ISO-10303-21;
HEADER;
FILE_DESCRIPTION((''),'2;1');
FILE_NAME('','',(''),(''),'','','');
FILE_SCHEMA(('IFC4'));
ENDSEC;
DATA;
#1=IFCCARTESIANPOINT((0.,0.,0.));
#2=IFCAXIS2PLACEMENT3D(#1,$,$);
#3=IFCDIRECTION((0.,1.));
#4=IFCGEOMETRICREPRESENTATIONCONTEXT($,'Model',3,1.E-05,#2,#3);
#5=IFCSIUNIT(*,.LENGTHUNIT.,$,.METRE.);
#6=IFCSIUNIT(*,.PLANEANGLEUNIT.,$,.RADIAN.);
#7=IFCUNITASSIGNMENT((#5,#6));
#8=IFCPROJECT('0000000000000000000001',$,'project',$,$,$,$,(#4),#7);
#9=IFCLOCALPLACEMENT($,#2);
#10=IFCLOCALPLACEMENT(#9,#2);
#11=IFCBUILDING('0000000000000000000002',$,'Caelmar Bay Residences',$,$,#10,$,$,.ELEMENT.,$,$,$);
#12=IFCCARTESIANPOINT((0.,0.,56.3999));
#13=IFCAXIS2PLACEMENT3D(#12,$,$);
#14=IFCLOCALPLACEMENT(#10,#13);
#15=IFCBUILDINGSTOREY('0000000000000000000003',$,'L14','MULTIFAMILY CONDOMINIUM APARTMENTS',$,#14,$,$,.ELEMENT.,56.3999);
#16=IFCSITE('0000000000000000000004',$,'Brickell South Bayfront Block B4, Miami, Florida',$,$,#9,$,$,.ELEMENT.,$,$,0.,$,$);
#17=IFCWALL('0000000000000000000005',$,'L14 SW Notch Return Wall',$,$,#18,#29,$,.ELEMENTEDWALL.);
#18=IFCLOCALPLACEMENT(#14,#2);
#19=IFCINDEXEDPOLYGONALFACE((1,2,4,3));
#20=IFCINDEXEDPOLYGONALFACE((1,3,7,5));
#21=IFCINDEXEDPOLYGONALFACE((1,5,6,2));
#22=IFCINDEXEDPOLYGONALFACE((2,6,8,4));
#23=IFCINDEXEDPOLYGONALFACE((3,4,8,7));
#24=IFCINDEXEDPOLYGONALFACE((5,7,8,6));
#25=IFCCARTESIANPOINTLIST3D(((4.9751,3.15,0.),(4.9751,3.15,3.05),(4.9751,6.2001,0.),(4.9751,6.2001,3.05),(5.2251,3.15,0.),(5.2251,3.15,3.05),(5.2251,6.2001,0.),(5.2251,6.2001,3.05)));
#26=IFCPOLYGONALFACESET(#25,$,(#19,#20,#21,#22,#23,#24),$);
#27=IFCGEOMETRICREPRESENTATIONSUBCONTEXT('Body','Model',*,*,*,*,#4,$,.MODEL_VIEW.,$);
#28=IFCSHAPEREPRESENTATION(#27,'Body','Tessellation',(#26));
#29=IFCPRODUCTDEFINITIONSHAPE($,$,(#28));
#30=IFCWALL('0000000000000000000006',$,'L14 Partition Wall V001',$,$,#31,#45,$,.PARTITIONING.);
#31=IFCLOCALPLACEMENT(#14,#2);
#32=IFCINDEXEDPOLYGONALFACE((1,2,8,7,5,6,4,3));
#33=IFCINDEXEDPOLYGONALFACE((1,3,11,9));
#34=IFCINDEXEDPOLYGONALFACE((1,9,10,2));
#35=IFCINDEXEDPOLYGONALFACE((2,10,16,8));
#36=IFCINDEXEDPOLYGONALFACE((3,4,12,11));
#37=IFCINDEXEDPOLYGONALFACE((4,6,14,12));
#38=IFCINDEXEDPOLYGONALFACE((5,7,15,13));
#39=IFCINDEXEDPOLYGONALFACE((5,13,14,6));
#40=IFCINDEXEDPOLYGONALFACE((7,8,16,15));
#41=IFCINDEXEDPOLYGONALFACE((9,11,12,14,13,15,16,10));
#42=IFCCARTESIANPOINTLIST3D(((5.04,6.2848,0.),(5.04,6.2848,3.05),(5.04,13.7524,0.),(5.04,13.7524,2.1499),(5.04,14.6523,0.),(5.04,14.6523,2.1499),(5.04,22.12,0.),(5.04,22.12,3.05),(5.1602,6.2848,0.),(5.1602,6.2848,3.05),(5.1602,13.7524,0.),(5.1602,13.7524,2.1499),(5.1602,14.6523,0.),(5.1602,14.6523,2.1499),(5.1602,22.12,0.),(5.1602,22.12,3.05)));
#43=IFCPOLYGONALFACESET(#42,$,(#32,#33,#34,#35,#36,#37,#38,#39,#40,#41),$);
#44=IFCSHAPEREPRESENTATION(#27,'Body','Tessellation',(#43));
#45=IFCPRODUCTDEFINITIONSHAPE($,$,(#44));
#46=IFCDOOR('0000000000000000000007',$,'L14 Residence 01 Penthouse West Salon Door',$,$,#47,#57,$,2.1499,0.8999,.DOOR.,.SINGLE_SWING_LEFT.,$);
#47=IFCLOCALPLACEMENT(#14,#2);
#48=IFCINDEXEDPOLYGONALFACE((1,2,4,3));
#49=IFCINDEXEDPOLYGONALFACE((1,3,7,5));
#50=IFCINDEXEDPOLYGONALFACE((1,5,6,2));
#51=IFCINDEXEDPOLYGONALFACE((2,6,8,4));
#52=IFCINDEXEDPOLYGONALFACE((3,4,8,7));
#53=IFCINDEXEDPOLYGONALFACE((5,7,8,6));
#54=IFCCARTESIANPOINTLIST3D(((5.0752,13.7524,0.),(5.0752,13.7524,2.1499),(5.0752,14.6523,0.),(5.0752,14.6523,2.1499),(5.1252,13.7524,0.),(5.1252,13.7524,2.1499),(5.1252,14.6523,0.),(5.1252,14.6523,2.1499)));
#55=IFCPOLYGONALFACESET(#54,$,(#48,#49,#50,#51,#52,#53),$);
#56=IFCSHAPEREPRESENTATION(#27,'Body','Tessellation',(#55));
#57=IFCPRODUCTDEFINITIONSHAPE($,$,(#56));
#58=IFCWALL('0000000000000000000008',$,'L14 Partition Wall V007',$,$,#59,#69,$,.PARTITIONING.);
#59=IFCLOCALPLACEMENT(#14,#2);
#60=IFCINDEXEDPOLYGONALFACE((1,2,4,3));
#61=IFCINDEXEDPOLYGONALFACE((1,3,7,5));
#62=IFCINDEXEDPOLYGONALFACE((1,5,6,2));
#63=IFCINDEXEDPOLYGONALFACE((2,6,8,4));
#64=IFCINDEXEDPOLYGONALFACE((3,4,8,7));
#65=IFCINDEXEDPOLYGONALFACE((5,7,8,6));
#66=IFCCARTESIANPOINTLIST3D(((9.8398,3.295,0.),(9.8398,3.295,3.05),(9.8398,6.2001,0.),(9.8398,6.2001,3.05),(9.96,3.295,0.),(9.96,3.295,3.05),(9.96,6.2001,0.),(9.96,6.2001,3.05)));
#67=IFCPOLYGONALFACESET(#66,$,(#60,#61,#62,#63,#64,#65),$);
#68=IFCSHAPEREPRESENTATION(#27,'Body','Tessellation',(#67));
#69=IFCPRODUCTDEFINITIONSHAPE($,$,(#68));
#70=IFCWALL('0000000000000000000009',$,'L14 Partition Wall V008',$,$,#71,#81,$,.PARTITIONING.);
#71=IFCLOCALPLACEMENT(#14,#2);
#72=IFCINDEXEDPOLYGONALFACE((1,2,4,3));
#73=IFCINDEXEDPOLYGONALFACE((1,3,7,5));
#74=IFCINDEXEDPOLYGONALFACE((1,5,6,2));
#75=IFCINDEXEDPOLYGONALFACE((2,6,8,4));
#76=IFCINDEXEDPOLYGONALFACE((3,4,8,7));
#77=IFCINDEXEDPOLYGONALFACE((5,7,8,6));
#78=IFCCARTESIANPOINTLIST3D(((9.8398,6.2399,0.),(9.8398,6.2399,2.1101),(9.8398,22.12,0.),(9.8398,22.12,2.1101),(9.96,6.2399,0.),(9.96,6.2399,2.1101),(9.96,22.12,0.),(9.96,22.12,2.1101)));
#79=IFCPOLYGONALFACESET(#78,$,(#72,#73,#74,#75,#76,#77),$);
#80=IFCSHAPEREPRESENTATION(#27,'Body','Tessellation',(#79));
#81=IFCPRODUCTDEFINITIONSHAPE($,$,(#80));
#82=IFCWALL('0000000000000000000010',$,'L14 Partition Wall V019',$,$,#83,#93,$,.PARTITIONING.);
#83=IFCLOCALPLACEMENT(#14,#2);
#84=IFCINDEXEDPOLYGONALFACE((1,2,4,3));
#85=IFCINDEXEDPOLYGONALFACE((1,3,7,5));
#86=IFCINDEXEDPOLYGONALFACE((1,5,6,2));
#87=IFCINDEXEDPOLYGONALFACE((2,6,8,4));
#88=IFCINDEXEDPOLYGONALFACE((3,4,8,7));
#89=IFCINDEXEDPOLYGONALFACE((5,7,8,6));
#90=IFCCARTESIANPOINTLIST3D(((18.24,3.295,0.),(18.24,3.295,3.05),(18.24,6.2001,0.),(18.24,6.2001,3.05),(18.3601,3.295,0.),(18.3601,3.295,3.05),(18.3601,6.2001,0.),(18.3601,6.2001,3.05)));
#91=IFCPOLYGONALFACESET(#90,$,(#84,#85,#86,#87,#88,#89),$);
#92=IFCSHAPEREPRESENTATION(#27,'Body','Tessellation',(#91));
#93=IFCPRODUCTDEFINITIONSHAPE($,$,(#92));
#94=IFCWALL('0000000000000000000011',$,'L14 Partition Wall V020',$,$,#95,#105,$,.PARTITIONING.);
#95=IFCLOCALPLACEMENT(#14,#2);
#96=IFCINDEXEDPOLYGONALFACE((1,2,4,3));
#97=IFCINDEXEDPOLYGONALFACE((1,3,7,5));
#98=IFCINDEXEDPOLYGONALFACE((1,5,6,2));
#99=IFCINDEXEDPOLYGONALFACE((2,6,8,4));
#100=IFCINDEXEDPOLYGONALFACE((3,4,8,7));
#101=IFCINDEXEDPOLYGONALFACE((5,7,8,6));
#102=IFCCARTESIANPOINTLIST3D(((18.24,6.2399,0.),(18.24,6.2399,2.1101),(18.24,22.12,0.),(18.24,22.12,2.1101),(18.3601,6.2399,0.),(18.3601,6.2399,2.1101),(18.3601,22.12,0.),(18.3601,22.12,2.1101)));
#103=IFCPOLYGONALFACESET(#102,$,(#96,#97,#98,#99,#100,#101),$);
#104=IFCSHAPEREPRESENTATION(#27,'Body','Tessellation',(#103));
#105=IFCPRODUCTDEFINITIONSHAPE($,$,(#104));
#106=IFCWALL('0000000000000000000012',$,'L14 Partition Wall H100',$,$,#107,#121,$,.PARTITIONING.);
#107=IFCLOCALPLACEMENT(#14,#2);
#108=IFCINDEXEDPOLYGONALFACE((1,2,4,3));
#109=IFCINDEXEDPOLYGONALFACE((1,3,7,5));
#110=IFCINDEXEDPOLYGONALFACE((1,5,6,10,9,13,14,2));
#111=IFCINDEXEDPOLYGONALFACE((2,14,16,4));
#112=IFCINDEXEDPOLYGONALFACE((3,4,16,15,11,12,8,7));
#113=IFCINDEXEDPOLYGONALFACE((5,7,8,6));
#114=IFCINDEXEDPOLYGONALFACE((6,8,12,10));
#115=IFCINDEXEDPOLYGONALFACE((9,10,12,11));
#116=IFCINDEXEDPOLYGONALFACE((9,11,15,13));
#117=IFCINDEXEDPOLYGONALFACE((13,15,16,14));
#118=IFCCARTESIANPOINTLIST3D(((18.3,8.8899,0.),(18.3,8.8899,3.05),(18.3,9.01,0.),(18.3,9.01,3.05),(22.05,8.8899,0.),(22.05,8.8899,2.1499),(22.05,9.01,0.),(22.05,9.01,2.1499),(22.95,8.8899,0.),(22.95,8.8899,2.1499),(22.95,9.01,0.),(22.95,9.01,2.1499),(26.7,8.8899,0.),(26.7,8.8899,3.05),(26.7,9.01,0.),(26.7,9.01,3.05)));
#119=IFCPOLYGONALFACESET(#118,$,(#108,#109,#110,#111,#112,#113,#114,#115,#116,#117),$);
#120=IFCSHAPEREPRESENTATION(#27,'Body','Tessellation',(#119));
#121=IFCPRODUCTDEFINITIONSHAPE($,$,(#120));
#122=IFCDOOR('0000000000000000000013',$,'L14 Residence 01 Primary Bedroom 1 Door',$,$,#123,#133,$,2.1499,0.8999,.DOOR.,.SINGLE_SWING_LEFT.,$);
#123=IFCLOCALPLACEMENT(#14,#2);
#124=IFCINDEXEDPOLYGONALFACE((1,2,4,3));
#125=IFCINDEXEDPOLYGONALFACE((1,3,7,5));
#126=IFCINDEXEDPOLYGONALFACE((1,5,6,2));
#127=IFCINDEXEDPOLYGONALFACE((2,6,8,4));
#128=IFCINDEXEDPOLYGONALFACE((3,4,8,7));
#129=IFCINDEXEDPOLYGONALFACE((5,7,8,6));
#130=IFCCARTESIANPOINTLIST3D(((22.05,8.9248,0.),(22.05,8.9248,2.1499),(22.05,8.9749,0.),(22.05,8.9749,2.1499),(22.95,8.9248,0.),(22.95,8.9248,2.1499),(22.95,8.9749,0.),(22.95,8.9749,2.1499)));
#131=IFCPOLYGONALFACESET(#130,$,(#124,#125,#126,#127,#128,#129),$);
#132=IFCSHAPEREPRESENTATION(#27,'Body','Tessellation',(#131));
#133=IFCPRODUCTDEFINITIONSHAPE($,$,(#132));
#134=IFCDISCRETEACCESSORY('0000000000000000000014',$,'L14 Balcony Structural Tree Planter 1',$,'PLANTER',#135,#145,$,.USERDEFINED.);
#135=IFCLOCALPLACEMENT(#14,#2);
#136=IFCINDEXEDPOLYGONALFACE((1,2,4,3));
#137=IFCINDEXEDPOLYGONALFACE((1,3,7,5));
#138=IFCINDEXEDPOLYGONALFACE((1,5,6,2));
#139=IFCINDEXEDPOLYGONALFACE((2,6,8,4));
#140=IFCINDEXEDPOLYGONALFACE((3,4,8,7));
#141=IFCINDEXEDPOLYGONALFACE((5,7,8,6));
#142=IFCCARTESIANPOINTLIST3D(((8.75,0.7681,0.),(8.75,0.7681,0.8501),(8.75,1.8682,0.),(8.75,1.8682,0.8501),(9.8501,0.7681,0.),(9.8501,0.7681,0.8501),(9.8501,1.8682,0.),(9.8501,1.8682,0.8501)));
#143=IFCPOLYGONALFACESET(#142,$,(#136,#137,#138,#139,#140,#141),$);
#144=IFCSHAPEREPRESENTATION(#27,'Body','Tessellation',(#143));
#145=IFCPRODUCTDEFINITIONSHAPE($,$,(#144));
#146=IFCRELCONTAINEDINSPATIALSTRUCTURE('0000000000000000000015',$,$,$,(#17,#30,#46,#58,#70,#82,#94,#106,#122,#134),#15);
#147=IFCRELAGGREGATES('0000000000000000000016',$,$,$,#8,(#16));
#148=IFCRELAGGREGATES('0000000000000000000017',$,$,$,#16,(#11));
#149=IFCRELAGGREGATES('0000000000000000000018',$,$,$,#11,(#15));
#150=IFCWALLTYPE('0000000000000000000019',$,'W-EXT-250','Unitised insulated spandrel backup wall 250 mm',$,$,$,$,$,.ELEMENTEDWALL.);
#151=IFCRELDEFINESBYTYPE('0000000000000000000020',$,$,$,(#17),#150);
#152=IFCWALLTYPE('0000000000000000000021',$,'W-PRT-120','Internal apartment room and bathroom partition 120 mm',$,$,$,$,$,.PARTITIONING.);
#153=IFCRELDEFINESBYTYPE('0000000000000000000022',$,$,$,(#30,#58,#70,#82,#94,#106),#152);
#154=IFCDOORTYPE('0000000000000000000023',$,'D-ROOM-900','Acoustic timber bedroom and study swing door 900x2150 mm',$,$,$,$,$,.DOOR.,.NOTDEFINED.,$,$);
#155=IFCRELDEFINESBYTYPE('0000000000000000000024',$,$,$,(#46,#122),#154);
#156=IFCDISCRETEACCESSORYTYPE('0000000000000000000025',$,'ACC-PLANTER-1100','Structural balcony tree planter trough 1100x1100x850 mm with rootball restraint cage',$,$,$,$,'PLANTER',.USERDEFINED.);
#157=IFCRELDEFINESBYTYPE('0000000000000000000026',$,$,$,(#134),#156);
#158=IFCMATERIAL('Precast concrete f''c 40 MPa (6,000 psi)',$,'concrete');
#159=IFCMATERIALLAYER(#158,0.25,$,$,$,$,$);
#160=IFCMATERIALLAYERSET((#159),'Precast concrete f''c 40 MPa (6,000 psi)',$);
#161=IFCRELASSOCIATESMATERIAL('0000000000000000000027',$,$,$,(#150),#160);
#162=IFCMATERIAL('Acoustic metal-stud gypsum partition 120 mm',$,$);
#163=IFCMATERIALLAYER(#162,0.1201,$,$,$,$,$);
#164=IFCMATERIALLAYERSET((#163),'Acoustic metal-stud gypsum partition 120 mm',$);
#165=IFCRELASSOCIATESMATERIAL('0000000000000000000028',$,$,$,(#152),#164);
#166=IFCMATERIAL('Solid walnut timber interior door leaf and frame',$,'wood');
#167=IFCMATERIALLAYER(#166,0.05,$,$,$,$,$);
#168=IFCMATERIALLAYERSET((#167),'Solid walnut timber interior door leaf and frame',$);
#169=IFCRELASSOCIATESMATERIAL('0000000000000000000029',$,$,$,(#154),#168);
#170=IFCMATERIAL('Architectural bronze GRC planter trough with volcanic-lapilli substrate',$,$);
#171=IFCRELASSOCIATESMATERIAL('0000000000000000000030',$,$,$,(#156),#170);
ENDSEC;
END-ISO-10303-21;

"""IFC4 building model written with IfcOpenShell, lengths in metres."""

from ifc_helpers import new_model, si_unit, direction, frame, frame_2d, origin, origin_2d, place, context, subcontext, project, spatial, rectangle, extrude, material, layer, layer_set, type_object, element, fill, save


model = new_model("IFC4")

# Units and contexts
model_context = context("Model", 3, precision=1e-05, world=origin(), true_north=direction((0.0, 1.0)))
body_context = subcontext(model_context, "Body", "Model", "MODEL_VIEW")
ifc_project = project(units=[si_unit("LENGTHUNIT", "METRE"), si_unit("PLANEANGLEUNIT", "RADIAN")], contexts=[model_context])

# Site, building, storey
site_placement = place(None, origin())
site = spatial("IfcSite", under=ifc_project, at=site_placement, Name="Brickell South Bayfront Block B4, Miami, Florida", CompositionType="ELEMENT", RefElevation=0.0)
building_placement = place(site_placement, origin())
building = spatial("IfcBuilding", under=site, at=building_placement, Name="Caelmar Bay Residences", CompositionType="ELEMENT")
storey_placement = place(building_placement, frame((0.0, 0.0, 56.3999)))
storey = spatial("IfcBuildingStorey", under=building, at=storey_placement, Name="L14", Description="MULTIFAMILY CONDOMINIUM APARTMENTS", CompositionType="ELEMENT", Elevation=56.3999)

# Wall
ifc_material_1 = material(Name="Precast concrete f'c 40 MPa (6,000 psi)", Category="concrete")
ifc_layer_1 = layer(ifc_material_1, 0.25)
ifc_layer_set_1 = layer_set([ifc_layer_1], Name="Precast concrete f'c 40 MPa (6,000 psi)")
wall_type_1 = type_object("IfcWallType", Name="W-EXT-250", Description="Unitised insulated spandrel backup wall 250 mm", PredefinedType="ELEMENTEDWALL", material=ifc_layer_set_1)
wall_1_placement = place(storey_placement, frame((5.1001, 6.2, 0.0), z_axis=(0.0, 0.0, 1.0), x_axis=(0.0, -1.0, 0.0)))
element("IfcWall", 1, at=wall_1_placement, inside=storey, type_object=wall_type_1, Name="L14 SW Notch Return Wall", PredefinedType="ELEMENTEDWALL", context=body_context, shape_type="SweptSolid", body=[
    extrude(rectangle(XDim=3.05, YDim=0.25, at=frame_2d((1.5249, 0.0))), origin(), (0.0, 0.0, 1.0), 3.05),
])

# Wall, opening, door
ifc_material_2 = material(Name="Acoustic metal-stud gypsum partition 120 mm")
ifc_layer_2 = layer(ifc_material_2, 0.1201)
ifc_layer_set_2 = layer_set([ifc_layer_2], Name="Acoustic metal-stud gypsum partition 120 mm")
wall_type_2 = type_object("IfcWallType", Name="W-PRT-120", Description="Internal apartment room and bathroom partition 120 mm", PredefinedType="PARTITIONING", material=ifc_layer_set_2)
wall_2_placement = place(storey_placement, frame((5.1001, 6.2849, 0.0), z_axis=(0.0, 0.0, 1.0), x_axis=(0.0, 1.0, 0.0)))
wall_2 = element("IfcWall", 2, at=wall_2_placement, inside=storey, type_object=wall_type_2, Name="L14 Partition Wall V001", PredefinedType="PARTITIONING", context=body_context, shape_type="SweptSolid", body=[
    extrude(rectangle(XDim=15.8352, YDim=0.1201, at=frame_2d((7.9175, 0.0))), origin(), (0.0, 0.0, 1.0), 3.05),
])
opening_1_placement = place(wall_2_placement, frame((7.4675, 0.0, 0.0)))
opening_1 = element("IfcOpeningElement", 3, at=opening_1_placement, cuts=wall_2, PredefinedType="OPENING", context=body_context, shape_type="SweptSolid", body=[
    extrude(rectangle(XDim=0.8999, YDim=2.1499, at=frame_2d((0.45, 1.075))), frame((0.0, 0.0701, 0.0), z_axis=(0.0, -1.0, 0.0), x_axis=(1.0, 0.0, 0.0)), (0.0, 0.0, 1.0), 0.1401),
])
ifc_material_3 = material(Name="Solid walnut timber interior door leaf and frame", Category="wood")
ifc_layer_3 = layer(ifc_material_3, 0.05)
ifc_layer_set_3 = layer_set([ifc_layer_3], Name="Solid walnut timber interior door leaf and frame")
door_type = type_object("IfcDoorType", Name="D-ROOM-900", Description="Acoustic timber bedroom and study swing door 900x2150 mm", OperationType="NOTDEFINED", PredefinedType="DOOR", material=ifc_layer_set_3)
door_1_placement = place(opening_1_placement, origin())
door_1 = element("IfcDoor", 4, at=door_1_placement, inside=storey, type_object=door_type, Name="L14 Residence 01 Penthouse West Salon Door", OperationType="SINGLE_SWING_LEFT", OverallHeight=2.1499, OverallWidth=0.8999, PredefinedType="DOOR", context=body_context, shape_type="SweptSolid", body=[
    extrude(rectangle(XDim=0.8999, YDim=2.1499, at=frame_2d((0.45, 1.075))), frame((0.0, 0.0249, 0.0), z_axis=(0.0, -1.0, 0.0), x_axis=(1.0, 0.0, 0.0)), (0.0, 0.0, 1.0), 0.05),
])
fill(opening_1, door_1)

# Walls
wall_3_placement = place(storey_placement, frame((9.8999, 3.2949, 0.0), z_axis=(0.0, 0.0, 1.0), x_axis=(0.0, 1.0, 0.0)))
element("IfcWall", 5, at=wall_3_placement, inside=storey, type_object=wall_type_2, Name="L14 Partition Wall V007", PredefinedType="PARTITIONING", context=body_context, shape_type="SweptSolid", body=[
    extrude(rectangle(XDim=2.905, YDim=0.1201, at=frame_2d((1.4526, 0.0))), origin(), (0.0, 0.0, 1.0), 3.05),
])
wall_4_placement = place(storey_placement, frame((9.8999, 6.24, 0.0), z_axis=(0.0, 0.0, 1.0), x_axis=(0.0, 1.0, 0.0)))
element("IfcWall", 6, at=wall_4_placement, inside=storey, type_object=wall_type_2, Name="L14 Partition Wall V008", PredefinedType="PARTITIONING", context=body_context, shape_type="SweptSolid", body=[
    extrude(rectangle(XDim=15.8801, YDim=0.1201, at=frame_2d((7.9399, 0.0))), origin(), (0.0, 0.0, 1.0), 2.1101),
])
wall_5_placement = place(storey_placement, frame((18.3, 3.2949, 0.0), z_axis=(0.0, 0.0, 1.0), x_axis=(0.0, 1.0, 0.0)))
element("IfcWall", 7, at=wall_5_placement, inside=storey, type_object=wall_type_2, Name="L14 Partition Wall V019", PredefinedType="PARTITIONING", context=body_context, shape_type="SweptSolid", body=[
    extrude(rectangle(XDim=2.905, YDim=0.1201, at=frame_2d((1.4526, 0.0))), origin(), (0.0, 0.0, 1.0), 3.05),
])
wall_6_placement = place(storey_placement, frame((18.3, 6.24, 0.0), z_axis=(0.0, 0.0, 1.0), x_axis=(0.0, 1.0, 0.0)))
element("IfcWall", 8, at=wall_6_placement, inside=storey, type_object=wall_type_2, Name="L14 Partition Wall V020", PredefinedType="PARTITIONING", context=body_context, shape_type="SweptSolid", body=[
    extrude(rectangle(XDim=15.8801, YDim=0.1201, at=frame_2d((7.9399, 0.0))), origin(), (0.0, 0.0, 1.0), 2.1101),
])

# Wall, opening, door
wall_7_placement = place(storey_placement, frame((18.3, 8.95, 0.0), z_axis=(0.0, 0.0, 1.0), x_axis=(1.0, 0.0, 0.0)))
wall_7 = element("IfcWall", 9, at=wall_7_placement, inside=storey, type_object=wall_type_2, Name="L14 Partition Wall H100", PredefinedType="PARTITIONING", context=body_context, shape_type="SweptSolid", body=[
    extrude(rectangle(XDim=8.3999, YDim=0.1201, at=frame_2d((4.2, 0.0))), origin(), (0.0, 0.0, 1.0), 3.05),
])
opening_2_placement = place(wall_7_placement, frame((3.75, 0.0, 0.0)))
opening_2 = element("IfcOpeningElement", 10, at=opening_2_placement, cuts=wall_7, PredefinedType="OPENING", context=body_context, shape_type="SweptSolid", body=[
    extrude(rectangle(XDim=0.8999, YDim=2.1499, at=frame_2d((0.45, 1.075))), frame((0.0, 0.0701, 0.0), z_axis=(0.0, -1.0, 0.0), x_axis=(1.0, 0.0, 0.0)), (0.0, 0.0, 1.0), 0.1401),
])
door_2_placement = place(opening_2_placement, origin())
door_2 = element("IfcDoor", 11, at=door_2_placement, inside=storey, type_object=door_type, Name="L14 Residence 01 Primary Bedroom 1 Door", OperationType="SINGLE_SWING_LEFT", OverallHeight=2.1499, OverallWidth=0.8999, PredefinedType="DOOR", context=body_context, shape_type="SweptSolid", body=[
    extrude(rectangle(XDim=0.8999, YDim=2.1499, at=frame_2d((0.45, 1.075))), frame((0.0, 0.0249, 0.0), z_axis=(0.0, -1.0, 0.0), x_axis=(1.0, 0.0, 0.0)), (0.0, 0.0, 1.0), 0.05),
])
fill(opening_2, door_2)

# Discrete accessory
ifc_material_4 = material(Name="Architectural bronze GRC planter trough with volcanic-lapilli substrate")
discrete_accessory_type = type_object("IfcDiscreteAccessoryType", Name="ACC-PLANTER-1100", Description="Structural balcony tree planter trough 1100x1100x850 mm with rootball restraint cage", ElementType="PLANTER", PredefinedType="USERDEFINED", material=ifc_material_4)
discrete_accessory_placement = place(storey_placement, frame((9.3, 1.3181, 0.0), z_axis=(0.0, 0.0, 1.0), x_axis=(1.0, 0.0, 0.0)))
element("IfcDiscreteAccessory", 12, at=discrete_accessory_placement, inside=storey, type_object=discrete_accessory_type, Name="L14 Balcony Structural Tree Planter 1", ObjectType="PLANTER", PredefinedType="USERDEFINED", context=body_context, shape_type="SweptSolid", body=[
    extrude(rectangle(XDim=1.1001, YDim=1.1001, at=origin_2d()), origin(), (0.0, 0.0, 1.0), 0.8501),
])

save(model, "model.ifc")
